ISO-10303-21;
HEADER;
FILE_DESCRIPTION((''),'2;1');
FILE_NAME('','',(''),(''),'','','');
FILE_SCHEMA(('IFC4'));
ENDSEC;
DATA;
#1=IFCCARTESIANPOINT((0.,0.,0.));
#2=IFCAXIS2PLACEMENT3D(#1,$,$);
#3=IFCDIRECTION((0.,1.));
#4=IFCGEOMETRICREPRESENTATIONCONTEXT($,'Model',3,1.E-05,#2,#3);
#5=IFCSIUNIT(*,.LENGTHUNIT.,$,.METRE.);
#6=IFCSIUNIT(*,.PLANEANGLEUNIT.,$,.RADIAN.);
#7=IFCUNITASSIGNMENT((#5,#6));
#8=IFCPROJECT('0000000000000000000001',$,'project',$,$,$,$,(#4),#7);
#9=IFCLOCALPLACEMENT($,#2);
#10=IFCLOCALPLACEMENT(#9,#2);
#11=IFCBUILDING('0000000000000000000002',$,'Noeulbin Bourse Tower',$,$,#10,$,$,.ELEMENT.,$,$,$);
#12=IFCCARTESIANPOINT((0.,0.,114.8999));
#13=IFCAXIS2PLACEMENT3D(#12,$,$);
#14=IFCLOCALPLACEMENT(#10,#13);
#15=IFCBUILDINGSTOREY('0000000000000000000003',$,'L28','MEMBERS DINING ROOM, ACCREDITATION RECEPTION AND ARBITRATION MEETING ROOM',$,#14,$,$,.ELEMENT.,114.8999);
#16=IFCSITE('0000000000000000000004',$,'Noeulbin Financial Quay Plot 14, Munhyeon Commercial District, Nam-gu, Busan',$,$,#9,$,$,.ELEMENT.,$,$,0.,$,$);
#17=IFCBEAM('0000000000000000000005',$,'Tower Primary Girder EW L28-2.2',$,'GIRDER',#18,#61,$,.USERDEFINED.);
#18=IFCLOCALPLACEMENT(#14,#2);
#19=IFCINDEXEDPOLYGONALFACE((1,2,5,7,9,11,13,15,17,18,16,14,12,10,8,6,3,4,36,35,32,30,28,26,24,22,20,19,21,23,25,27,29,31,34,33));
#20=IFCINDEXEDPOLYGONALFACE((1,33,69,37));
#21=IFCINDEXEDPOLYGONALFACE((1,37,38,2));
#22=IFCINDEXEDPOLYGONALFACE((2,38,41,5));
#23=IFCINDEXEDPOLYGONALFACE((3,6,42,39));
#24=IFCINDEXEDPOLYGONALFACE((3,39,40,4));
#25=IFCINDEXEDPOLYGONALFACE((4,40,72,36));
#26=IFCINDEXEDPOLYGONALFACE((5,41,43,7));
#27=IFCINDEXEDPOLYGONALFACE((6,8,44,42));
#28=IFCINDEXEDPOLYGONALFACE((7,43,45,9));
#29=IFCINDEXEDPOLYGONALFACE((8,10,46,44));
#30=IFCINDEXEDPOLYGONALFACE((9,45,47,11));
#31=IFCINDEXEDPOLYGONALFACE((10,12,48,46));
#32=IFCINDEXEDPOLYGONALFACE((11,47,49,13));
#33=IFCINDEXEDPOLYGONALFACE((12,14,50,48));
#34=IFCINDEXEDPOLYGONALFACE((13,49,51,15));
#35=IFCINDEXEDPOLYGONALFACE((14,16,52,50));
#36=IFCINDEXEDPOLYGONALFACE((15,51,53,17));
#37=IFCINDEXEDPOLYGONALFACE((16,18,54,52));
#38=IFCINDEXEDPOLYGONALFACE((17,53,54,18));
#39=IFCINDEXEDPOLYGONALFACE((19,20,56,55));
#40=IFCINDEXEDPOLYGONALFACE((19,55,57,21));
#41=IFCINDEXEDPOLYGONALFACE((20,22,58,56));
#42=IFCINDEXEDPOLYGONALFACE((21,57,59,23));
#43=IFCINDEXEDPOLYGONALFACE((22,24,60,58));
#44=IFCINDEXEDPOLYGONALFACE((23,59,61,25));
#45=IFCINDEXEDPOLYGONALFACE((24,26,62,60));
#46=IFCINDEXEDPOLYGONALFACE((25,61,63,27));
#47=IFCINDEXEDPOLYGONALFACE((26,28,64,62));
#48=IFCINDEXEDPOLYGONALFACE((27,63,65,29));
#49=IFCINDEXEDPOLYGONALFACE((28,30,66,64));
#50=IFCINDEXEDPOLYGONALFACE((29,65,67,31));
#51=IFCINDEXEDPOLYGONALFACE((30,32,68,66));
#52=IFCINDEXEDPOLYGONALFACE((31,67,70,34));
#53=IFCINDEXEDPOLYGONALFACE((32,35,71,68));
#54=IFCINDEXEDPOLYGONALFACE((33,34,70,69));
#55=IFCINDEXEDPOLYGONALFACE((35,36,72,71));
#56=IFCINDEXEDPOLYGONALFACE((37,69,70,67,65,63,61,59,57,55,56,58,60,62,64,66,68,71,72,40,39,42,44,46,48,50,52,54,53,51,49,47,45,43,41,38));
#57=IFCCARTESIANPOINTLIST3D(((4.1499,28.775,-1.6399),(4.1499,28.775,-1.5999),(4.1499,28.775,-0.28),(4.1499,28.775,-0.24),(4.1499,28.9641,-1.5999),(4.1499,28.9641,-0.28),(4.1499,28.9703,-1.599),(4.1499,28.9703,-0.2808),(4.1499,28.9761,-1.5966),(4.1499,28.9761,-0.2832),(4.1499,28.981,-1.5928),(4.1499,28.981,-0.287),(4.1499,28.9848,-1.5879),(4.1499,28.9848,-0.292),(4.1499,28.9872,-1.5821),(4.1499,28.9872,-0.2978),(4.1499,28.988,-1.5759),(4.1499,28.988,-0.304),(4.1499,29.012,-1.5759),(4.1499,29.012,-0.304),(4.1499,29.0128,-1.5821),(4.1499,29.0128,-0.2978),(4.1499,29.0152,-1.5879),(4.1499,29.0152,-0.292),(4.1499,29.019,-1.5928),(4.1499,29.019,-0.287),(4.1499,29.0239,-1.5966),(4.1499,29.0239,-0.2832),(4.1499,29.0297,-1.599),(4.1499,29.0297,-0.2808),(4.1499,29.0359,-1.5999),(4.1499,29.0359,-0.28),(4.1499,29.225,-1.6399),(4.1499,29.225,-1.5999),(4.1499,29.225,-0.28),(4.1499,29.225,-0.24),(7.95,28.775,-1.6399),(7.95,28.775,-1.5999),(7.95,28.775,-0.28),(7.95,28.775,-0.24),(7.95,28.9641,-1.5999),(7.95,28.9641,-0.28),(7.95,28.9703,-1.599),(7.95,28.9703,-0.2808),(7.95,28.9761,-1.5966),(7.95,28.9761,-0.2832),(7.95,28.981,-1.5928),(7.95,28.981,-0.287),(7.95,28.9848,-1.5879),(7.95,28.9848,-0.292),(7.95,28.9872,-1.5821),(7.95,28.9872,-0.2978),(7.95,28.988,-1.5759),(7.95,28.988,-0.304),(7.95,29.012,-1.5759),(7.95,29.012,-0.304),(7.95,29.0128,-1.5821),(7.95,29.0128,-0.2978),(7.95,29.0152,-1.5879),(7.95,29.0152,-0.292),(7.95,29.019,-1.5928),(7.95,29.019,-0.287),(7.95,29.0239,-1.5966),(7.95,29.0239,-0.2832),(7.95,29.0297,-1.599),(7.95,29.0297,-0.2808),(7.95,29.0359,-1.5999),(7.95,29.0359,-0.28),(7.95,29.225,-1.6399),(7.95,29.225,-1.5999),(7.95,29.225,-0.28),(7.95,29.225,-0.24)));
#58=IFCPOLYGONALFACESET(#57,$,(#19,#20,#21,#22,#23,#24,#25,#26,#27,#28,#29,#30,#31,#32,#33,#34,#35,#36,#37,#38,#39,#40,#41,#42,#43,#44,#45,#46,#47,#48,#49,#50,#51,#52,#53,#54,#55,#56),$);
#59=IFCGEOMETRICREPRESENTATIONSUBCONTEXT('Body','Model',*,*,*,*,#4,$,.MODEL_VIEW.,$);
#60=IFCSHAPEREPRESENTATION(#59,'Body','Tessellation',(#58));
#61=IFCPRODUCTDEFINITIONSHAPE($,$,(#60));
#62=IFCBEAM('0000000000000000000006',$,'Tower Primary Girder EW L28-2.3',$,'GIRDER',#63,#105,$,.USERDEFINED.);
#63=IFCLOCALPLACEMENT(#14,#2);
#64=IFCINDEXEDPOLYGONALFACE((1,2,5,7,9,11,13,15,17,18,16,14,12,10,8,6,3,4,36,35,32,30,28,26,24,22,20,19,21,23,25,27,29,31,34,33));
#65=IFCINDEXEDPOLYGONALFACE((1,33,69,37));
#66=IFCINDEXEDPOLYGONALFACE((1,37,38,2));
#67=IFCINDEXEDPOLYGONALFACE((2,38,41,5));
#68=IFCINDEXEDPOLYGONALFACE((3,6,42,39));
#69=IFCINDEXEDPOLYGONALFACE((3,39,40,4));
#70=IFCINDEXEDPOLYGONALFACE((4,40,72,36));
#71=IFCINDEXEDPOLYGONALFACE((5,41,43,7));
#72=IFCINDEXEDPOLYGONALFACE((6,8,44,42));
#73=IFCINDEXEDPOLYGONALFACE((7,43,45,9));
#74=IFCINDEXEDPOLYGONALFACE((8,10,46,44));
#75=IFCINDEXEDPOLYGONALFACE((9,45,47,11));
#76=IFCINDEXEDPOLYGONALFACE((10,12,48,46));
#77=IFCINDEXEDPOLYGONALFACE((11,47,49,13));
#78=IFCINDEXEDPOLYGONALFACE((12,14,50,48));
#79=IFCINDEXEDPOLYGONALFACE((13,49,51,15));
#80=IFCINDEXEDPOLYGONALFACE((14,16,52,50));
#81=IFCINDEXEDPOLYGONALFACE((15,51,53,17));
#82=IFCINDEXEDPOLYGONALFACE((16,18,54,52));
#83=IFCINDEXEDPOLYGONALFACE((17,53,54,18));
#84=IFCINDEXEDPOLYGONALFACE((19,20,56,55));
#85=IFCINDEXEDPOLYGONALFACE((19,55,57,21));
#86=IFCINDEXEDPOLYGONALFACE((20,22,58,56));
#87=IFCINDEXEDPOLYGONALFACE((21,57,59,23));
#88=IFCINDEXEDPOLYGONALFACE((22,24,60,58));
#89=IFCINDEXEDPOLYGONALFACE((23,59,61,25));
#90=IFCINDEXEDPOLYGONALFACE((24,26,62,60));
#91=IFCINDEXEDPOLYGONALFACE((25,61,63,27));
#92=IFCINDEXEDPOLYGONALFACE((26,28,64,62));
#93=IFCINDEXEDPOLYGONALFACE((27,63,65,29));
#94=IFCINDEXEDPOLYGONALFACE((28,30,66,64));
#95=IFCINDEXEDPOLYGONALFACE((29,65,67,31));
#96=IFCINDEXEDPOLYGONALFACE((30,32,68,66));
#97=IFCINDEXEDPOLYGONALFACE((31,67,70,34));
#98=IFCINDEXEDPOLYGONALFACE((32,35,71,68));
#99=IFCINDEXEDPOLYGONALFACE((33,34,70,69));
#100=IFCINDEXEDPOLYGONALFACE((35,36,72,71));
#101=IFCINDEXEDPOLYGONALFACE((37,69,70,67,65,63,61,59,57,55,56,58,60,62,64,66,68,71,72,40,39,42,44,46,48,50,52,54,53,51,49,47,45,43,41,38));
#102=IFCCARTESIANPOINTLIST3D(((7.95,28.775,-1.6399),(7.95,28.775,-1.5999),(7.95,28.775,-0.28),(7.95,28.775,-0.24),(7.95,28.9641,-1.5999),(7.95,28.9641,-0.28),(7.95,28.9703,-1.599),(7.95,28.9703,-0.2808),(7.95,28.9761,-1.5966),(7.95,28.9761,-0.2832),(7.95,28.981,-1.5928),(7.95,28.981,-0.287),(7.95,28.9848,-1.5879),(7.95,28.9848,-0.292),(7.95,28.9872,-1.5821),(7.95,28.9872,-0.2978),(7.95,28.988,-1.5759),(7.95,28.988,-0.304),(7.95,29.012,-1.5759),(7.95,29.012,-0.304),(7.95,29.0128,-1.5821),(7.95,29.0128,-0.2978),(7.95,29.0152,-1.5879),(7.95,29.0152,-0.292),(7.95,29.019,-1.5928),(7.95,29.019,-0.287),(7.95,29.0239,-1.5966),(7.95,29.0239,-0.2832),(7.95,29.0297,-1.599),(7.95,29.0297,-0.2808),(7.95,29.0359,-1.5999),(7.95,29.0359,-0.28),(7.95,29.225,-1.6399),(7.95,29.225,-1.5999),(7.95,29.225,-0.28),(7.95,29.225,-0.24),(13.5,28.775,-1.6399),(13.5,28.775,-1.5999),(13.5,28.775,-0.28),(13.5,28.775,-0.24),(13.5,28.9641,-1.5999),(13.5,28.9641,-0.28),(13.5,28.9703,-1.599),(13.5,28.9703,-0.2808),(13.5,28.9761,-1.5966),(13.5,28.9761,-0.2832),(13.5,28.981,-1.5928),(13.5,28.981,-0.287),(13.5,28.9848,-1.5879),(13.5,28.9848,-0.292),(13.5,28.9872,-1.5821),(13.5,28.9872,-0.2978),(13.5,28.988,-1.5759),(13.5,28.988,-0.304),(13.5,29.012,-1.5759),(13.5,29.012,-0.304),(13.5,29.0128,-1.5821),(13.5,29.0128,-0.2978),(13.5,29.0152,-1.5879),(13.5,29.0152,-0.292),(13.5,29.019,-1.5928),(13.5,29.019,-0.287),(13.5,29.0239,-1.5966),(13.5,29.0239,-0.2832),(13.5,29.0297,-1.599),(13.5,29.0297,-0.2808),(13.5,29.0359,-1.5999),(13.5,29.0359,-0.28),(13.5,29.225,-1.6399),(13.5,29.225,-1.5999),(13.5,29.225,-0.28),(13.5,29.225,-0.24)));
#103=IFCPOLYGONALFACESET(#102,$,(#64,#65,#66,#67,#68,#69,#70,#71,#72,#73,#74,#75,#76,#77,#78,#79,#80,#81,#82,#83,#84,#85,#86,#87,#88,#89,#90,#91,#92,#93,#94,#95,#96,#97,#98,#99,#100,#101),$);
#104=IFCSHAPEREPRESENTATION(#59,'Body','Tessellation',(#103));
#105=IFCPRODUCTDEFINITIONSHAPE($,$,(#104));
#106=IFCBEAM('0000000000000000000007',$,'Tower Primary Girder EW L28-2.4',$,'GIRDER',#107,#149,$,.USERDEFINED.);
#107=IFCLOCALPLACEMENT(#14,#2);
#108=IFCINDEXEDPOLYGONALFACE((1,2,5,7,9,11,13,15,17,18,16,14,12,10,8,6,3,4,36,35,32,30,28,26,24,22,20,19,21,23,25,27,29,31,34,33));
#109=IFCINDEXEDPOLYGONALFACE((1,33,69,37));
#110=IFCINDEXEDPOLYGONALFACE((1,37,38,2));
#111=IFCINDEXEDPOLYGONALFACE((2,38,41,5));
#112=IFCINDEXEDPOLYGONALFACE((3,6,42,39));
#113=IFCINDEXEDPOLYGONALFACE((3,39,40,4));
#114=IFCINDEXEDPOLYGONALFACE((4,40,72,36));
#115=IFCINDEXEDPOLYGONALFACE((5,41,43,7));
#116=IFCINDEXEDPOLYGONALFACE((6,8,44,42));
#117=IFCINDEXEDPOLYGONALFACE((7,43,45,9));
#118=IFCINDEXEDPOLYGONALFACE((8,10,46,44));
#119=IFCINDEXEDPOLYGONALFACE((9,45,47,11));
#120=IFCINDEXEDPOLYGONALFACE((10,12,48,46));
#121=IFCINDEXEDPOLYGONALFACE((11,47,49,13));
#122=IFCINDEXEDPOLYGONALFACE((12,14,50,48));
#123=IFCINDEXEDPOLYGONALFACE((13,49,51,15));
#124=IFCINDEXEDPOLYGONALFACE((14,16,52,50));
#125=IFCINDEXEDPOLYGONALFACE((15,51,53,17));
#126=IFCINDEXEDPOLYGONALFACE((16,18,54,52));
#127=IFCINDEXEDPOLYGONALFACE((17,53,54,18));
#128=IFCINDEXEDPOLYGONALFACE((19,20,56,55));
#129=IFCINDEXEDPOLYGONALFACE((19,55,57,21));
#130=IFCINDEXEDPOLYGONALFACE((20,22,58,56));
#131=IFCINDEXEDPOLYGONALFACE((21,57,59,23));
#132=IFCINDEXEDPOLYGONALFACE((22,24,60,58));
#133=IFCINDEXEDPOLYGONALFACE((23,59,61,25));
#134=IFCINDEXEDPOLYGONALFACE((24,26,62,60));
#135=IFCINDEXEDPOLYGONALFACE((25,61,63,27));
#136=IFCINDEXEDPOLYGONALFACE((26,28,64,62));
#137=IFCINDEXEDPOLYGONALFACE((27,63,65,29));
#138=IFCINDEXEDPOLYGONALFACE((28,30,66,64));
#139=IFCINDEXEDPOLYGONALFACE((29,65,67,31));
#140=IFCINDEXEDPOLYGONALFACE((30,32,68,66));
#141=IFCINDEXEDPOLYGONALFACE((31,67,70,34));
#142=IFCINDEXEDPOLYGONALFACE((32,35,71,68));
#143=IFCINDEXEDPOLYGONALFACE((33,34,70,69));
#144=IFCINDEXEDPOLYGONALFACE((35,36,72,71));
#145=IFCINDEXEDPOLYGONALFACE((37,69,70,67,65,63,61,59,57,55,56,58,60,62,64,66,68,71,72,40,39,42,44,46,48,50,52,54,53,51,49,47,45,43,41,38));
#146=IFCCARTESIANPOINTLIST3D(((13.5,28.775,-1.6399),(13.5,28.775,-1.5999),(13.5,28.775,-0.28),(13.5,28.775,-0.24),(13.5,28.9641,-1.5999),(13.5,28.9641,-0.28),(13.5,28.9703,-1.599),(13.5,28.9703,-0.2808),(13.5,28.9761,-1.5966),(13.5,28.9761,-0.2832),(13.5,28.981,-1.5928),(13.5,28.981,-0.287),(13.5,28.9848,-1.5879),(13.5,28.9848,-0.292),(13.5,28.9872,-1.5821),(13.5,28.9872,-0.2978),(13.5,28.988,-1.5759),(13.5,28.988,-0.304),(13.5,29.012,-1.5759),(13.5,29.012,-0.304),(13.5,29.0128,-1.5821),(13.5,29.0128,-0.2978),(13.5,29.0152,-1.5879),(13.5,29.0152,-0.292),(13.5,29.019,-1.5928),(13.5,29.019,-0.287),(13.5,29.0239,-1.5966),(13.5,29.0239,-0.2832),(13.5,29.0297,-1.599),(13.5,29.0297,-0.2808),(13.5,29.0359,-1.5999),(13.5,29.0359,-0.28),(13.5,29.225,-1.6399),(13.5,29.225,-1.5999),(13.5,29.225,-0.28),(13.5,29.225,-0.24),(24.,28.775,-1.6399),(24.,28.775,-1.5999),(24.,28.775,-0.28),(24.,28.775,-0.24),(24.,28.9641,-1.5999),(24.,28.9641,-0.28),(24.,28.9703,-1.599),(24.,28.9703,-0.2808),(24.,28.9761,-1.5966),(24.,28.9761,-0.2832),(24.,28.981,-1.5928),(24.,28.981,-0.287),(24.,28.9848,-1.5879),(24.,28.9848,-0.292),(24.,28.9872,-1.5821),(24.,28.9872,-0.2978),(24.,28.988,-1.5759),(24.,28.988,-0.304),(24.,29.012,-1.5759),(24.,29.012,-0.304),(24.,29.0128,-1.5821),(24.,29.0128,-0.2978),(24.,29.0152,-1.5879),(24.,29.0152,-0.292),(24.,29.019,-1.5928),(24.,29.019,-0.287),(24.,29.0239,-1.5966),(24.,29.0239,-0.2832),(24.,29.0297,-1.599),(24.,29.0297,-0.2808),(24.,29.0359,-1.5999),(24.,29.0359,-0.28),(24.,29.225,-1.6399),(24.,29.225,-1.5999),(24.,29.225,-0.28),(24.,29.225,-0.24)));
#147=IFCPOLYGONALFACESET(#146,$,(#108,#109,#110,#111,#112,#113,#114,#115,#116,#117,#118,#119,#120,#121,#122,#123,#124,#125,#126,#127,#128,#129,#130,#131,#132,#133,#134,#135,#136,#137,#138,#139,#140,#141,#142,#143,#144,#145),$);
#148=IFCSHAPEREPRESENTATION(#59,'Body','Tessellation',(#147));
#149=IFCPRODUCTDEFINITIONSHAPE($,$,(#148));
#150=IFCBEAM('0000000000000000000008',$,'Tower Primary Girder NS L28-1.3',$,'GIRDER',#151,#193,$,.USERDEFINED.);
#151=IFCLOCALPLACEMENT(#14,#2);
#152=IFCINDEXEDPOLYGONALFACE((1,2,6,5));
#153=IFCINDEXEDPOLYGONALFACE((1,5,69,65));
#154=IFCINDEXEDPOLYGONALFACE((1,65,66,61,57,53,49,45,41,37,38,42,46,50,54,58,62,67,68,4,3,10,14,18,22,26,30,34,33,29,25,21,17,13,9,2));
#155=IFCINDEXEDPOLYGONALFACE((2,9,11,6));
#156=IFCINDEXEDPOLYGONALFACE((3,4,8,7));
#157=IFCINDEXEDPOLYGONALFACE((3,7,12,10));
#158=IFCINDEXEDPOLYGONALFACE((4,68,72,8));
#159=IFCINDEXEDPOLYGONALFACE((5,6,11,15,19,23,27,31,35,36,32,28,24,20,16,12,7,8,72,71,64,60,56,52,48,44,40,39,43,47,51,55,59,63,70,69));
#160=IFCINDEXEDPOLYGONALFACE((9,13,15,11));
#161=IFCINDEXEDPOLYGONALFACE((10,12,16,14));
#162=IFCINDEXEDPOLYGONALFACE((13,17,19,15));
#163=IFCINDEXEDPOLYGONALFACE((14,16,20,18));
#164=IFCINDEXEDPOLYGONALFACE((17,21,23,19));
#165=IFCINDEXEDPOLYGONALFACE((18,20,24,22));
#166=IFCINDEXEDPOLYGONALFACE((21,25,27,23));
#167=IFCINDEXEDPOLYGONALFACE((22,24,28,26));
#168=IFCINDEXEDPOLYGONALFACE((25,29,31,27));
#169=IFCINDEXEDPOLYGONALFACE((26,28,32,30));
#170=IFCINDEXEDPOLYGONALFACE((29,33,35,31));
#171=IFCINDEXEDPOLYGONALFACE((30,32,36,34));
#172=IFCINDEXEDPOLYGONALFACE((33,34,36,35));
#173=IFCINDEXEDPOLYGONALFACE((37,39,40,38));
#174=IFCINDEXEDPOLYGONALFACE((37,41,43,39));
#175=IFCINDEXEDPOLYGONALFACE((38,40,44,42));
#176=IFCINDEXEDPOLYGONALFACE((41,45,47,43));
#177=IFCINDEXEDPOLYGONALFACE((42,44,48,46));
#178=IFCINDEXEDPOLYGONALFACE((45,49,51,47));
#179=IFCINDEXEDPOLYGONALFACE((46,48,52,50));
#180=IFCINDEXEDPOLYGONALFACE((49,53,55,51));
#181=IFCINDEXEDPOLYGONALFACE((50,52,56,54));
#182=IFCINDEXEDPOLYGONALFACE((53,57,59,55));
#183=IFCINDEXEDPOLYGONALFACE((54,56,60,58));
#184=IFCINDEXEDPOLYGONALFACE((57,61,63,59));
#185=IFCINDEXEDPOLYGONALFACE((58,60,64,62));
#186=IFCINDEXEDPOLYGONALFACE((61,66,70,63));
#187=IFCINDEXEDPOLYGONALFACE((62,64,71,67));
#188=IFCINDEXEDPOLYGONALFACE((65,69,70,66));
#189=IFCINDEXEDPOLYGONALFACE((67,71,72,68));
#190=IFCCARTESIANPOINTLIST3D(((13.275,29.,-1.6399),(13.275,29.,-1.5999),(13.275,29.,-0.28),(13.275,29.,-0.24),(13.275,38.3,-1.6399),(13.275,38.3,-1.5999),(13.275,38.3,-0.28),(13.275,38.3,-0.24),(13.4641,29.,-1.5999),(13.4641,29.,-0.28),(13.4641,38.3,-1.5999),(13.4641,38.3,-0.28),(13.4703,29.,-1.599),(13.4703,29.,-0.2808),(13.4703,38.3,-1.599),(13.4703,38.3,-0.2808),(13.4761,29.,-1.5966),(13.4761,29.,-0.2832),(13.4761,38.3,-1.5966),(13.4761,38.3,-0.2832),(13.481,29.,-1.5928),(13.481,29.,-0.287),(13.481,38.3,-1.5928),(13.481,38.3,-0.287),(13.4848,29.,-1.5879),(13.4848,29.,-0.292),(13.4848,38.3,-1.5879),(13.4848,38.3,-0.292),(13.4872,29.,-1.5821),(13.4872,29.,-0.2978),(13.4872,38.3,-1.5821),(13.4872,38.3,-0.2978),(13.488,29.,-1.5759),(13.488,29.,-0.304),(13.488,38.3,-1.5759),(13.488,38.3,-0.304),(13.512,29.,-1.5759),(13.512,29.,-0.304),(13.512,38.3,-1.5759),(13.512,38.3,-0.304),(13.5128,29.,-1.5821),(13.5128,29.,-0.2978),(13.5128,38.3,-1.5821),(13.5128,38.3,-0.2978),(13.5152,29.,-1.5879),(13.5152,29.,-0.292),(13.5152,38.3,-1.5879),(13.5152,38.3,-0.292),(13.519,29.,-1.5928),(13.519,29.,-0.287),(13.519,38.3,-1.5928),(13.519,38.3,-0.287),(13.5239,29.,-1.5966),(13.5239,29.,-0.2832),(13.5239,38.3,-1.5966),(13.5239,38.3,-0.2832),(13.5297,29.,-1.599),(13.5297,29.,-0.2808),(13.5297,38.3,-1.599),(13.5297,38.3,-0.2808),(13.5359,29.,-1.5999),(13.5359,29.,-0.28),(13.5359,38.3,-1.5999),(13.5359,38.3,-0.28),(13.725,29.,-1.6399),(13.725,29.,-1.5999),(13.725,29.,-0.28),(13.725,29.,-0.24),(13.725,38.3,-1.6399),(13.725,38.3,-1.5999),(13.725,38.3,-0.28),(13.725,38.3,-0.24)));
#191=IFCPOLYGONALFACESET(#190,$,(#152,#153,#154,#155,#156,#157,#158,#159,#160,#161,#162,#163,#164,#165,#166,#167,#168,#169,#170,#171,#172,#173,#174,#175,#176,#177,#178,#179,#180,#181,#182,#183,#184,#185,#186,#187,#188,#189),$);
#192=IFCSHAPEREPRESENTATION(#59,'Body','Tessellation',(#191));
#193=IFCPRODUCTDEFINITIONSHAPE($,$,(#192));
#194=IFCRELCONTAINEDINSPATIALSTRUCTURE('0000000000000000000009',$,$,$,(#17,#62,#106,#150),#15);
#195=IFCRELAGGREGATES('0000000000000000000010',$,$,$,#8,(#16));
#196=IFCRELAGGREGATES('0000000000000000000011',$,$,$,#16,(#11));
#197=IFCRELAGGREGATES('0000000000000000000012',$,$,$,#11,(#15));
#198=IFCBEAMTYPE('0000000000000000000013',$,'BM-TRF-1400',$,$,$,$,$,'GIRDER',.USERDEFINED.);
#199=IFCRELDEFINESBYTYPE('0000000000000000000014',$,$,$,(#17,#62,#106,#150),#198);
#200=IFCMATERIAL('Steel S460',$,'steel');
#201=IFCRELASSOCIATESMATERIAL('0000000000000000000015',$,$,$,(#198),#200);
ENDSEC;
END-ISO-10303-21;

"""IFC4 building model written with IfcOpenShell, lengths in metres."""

from ifc_helpers import new_model, si_unit, direction, frame, origin, origin_2d, place, context, subcontext, project, spatial, i_section, extrude, material, material_profile, profile_set, type_object, element, save


model = new_model("IFC4")

# Units and contexts
model_context = context("Model", 3, precision=1e-05, world=origin(), true_north=direction((0.0, 1.0)))
body_context = subcontext(model_context, "Body", "Model", "MODEL_VIEW")
ifc_project = project(units=[si_unit("LENGTHUNIT", "METRE"), si_unit("PLANEANGLEUNIT", "RADIAN")], contexts=[model_context])

# Site, building, storey
site_placement = place(None, origin())
site = spatial("IfcSite", under=ifc_project, at=site_placement, Name="Noeulbin Financial Quay Plot 14, Munhyeon Commercial District, Nam-gu, Busan", CompositionType="ELEMENT", RefElevation=0.0)
building_placement = place(site_placement, origin())
building = spatial("IfcBuilding", under=site, at=building_placement, Name="Noeulbin Bourse Tower", CompositionType="ELEMENT")
storey_placement = place(building_placement, frame((0.0, 0.0, 114.8999)))
storey = spatial("IfcBuildingStorey", under=building, at=storey_placement, Name="L28", Description="MEMBERS DINING ROOM, ACCREDITATION RECEPTION AND ARBITRATION MEETING ROOM", CompositionType="ELEMENT", Elevation=114.8999)

# Shared definitions
ifc_material_1 = material(Name="Steel S460", Category="steel")

# Beams
ifc_material_profile_1 = material_profile(ifc_material_1, i_section(OverallWidth=0.45, OverallDepth=1.3999, WebThickness=0.0239, FlangeThickness=0.04, FilletRadius=0.0239, at=origin_2d()), Name="PG-1400x450x24x40", Category="LoadBearing")
ifc_profile_set_1 = profile_set([ifc_material_profile_1], Name="Steel S460")
beam_type_1 = type_object("IfcBeamType", Name="BM-TRF-1400", ElementType="GIRDER", PredefinedType="USERDEFINED", material=ifc_profile_set_1)
beam_1_placement = place(storey_placement, frame((4.1499, 29.0, -0.9399), z_axis=(1.0, 0.0, 0.0), x_axis=(0.0, 1.0, 0.0)))
element("IfcBeam", 1, at=beam_1_placement, inside=storey, type_object=beam_type_1, Name="Tower Primary Girder EW L28-2.2", ObjectType="GIRDER", PredefinedType="USERDEFINED", context=body_context, shape_type="SweptSolid", body=[
    extrude(i_section(OverallWidth=0.45, OverallDepth=1.3999, WebThickness=0.0239, FlangeThickness=0.04, FilletRadius=0.0239, at=origin_2d()), origin(), (0.0, 0.0, 1.0), 3.8),
])
beam_2_placement = place(storey_placement, frame((7.95, 29.0, -0.9399), z_axis=(1.0, 0.0, 0.0), x_axis=(0.0, 1.0, 0.0)))
element("IfcBeam", 2, at=beam_2_placement, inside=storey, type_object=beam_type_1, Name="Tower Primary Girder EW L28-2.3", ObjectType="GIRDER", PredefinedType="USERDEFINED", context=body_context, shape_type="SweptSolid", body=[
    extrude(i_section(OverallWidth=0.45, OverallDepth=1.3999, WebThickness=0.0239, FlangeThickness=0.04, FilletRadius=0.0239, at=origin_2d()), origin(), (0.0, 0.0, 1.0), 5.55),
])
beam_3_placement = place(storey_placement, frame((13.5, 29.0, -0.9399), z_axis=(1.0, 0.0, 0.0), x_axis=(0.0, 1.0, 0.0)))
element("IfcBeam", 3, at=beam_3_placement, inside=storey, type_object=beam_type_1, Name="Tower Primary Girder EW L28-2.4", ObjectType="GIRDER", PredefinedType="USERDEFINED", context=body_context, shape_type="SweptSolid", body=[
    extrude(i_section(OverallWidth=0.45, OverallDepth=1.3999, WebThickness=0.0239, FlangeThickness=0.04, FilletRadius=0.0239, at=origin_2d()), origin(), (0.0, 0.0, 1.0), 10.5),
])
beam_4_placement = place(storey_placement, frame((13.5, 29.0, -0.9399), z_axis=(0.0, 1.0, 0.0), x_axis=(-1.0, 0.0, 0.0)))
element("IfcBeam", 4, at=beam_4_placement, inside=storey, type_object=beam_type_1, Name="Tower Primary Girder NS L28-1.3", ObjectType="GIRDER", PredefinedType="USERDEFINED", context=body_context, shape_type="SweptSolid", body=[
    extrude(i_section(OverallWidth=0.45, OverallDepth=1.3999, WebThickness=0.0239, FlangeThickness=0.04, FilletRadius=0.0239, at=origin_2d()), origin(), (0.0, 0.0, 1.0), 9.3),
])

save(model, "model.ifc")
